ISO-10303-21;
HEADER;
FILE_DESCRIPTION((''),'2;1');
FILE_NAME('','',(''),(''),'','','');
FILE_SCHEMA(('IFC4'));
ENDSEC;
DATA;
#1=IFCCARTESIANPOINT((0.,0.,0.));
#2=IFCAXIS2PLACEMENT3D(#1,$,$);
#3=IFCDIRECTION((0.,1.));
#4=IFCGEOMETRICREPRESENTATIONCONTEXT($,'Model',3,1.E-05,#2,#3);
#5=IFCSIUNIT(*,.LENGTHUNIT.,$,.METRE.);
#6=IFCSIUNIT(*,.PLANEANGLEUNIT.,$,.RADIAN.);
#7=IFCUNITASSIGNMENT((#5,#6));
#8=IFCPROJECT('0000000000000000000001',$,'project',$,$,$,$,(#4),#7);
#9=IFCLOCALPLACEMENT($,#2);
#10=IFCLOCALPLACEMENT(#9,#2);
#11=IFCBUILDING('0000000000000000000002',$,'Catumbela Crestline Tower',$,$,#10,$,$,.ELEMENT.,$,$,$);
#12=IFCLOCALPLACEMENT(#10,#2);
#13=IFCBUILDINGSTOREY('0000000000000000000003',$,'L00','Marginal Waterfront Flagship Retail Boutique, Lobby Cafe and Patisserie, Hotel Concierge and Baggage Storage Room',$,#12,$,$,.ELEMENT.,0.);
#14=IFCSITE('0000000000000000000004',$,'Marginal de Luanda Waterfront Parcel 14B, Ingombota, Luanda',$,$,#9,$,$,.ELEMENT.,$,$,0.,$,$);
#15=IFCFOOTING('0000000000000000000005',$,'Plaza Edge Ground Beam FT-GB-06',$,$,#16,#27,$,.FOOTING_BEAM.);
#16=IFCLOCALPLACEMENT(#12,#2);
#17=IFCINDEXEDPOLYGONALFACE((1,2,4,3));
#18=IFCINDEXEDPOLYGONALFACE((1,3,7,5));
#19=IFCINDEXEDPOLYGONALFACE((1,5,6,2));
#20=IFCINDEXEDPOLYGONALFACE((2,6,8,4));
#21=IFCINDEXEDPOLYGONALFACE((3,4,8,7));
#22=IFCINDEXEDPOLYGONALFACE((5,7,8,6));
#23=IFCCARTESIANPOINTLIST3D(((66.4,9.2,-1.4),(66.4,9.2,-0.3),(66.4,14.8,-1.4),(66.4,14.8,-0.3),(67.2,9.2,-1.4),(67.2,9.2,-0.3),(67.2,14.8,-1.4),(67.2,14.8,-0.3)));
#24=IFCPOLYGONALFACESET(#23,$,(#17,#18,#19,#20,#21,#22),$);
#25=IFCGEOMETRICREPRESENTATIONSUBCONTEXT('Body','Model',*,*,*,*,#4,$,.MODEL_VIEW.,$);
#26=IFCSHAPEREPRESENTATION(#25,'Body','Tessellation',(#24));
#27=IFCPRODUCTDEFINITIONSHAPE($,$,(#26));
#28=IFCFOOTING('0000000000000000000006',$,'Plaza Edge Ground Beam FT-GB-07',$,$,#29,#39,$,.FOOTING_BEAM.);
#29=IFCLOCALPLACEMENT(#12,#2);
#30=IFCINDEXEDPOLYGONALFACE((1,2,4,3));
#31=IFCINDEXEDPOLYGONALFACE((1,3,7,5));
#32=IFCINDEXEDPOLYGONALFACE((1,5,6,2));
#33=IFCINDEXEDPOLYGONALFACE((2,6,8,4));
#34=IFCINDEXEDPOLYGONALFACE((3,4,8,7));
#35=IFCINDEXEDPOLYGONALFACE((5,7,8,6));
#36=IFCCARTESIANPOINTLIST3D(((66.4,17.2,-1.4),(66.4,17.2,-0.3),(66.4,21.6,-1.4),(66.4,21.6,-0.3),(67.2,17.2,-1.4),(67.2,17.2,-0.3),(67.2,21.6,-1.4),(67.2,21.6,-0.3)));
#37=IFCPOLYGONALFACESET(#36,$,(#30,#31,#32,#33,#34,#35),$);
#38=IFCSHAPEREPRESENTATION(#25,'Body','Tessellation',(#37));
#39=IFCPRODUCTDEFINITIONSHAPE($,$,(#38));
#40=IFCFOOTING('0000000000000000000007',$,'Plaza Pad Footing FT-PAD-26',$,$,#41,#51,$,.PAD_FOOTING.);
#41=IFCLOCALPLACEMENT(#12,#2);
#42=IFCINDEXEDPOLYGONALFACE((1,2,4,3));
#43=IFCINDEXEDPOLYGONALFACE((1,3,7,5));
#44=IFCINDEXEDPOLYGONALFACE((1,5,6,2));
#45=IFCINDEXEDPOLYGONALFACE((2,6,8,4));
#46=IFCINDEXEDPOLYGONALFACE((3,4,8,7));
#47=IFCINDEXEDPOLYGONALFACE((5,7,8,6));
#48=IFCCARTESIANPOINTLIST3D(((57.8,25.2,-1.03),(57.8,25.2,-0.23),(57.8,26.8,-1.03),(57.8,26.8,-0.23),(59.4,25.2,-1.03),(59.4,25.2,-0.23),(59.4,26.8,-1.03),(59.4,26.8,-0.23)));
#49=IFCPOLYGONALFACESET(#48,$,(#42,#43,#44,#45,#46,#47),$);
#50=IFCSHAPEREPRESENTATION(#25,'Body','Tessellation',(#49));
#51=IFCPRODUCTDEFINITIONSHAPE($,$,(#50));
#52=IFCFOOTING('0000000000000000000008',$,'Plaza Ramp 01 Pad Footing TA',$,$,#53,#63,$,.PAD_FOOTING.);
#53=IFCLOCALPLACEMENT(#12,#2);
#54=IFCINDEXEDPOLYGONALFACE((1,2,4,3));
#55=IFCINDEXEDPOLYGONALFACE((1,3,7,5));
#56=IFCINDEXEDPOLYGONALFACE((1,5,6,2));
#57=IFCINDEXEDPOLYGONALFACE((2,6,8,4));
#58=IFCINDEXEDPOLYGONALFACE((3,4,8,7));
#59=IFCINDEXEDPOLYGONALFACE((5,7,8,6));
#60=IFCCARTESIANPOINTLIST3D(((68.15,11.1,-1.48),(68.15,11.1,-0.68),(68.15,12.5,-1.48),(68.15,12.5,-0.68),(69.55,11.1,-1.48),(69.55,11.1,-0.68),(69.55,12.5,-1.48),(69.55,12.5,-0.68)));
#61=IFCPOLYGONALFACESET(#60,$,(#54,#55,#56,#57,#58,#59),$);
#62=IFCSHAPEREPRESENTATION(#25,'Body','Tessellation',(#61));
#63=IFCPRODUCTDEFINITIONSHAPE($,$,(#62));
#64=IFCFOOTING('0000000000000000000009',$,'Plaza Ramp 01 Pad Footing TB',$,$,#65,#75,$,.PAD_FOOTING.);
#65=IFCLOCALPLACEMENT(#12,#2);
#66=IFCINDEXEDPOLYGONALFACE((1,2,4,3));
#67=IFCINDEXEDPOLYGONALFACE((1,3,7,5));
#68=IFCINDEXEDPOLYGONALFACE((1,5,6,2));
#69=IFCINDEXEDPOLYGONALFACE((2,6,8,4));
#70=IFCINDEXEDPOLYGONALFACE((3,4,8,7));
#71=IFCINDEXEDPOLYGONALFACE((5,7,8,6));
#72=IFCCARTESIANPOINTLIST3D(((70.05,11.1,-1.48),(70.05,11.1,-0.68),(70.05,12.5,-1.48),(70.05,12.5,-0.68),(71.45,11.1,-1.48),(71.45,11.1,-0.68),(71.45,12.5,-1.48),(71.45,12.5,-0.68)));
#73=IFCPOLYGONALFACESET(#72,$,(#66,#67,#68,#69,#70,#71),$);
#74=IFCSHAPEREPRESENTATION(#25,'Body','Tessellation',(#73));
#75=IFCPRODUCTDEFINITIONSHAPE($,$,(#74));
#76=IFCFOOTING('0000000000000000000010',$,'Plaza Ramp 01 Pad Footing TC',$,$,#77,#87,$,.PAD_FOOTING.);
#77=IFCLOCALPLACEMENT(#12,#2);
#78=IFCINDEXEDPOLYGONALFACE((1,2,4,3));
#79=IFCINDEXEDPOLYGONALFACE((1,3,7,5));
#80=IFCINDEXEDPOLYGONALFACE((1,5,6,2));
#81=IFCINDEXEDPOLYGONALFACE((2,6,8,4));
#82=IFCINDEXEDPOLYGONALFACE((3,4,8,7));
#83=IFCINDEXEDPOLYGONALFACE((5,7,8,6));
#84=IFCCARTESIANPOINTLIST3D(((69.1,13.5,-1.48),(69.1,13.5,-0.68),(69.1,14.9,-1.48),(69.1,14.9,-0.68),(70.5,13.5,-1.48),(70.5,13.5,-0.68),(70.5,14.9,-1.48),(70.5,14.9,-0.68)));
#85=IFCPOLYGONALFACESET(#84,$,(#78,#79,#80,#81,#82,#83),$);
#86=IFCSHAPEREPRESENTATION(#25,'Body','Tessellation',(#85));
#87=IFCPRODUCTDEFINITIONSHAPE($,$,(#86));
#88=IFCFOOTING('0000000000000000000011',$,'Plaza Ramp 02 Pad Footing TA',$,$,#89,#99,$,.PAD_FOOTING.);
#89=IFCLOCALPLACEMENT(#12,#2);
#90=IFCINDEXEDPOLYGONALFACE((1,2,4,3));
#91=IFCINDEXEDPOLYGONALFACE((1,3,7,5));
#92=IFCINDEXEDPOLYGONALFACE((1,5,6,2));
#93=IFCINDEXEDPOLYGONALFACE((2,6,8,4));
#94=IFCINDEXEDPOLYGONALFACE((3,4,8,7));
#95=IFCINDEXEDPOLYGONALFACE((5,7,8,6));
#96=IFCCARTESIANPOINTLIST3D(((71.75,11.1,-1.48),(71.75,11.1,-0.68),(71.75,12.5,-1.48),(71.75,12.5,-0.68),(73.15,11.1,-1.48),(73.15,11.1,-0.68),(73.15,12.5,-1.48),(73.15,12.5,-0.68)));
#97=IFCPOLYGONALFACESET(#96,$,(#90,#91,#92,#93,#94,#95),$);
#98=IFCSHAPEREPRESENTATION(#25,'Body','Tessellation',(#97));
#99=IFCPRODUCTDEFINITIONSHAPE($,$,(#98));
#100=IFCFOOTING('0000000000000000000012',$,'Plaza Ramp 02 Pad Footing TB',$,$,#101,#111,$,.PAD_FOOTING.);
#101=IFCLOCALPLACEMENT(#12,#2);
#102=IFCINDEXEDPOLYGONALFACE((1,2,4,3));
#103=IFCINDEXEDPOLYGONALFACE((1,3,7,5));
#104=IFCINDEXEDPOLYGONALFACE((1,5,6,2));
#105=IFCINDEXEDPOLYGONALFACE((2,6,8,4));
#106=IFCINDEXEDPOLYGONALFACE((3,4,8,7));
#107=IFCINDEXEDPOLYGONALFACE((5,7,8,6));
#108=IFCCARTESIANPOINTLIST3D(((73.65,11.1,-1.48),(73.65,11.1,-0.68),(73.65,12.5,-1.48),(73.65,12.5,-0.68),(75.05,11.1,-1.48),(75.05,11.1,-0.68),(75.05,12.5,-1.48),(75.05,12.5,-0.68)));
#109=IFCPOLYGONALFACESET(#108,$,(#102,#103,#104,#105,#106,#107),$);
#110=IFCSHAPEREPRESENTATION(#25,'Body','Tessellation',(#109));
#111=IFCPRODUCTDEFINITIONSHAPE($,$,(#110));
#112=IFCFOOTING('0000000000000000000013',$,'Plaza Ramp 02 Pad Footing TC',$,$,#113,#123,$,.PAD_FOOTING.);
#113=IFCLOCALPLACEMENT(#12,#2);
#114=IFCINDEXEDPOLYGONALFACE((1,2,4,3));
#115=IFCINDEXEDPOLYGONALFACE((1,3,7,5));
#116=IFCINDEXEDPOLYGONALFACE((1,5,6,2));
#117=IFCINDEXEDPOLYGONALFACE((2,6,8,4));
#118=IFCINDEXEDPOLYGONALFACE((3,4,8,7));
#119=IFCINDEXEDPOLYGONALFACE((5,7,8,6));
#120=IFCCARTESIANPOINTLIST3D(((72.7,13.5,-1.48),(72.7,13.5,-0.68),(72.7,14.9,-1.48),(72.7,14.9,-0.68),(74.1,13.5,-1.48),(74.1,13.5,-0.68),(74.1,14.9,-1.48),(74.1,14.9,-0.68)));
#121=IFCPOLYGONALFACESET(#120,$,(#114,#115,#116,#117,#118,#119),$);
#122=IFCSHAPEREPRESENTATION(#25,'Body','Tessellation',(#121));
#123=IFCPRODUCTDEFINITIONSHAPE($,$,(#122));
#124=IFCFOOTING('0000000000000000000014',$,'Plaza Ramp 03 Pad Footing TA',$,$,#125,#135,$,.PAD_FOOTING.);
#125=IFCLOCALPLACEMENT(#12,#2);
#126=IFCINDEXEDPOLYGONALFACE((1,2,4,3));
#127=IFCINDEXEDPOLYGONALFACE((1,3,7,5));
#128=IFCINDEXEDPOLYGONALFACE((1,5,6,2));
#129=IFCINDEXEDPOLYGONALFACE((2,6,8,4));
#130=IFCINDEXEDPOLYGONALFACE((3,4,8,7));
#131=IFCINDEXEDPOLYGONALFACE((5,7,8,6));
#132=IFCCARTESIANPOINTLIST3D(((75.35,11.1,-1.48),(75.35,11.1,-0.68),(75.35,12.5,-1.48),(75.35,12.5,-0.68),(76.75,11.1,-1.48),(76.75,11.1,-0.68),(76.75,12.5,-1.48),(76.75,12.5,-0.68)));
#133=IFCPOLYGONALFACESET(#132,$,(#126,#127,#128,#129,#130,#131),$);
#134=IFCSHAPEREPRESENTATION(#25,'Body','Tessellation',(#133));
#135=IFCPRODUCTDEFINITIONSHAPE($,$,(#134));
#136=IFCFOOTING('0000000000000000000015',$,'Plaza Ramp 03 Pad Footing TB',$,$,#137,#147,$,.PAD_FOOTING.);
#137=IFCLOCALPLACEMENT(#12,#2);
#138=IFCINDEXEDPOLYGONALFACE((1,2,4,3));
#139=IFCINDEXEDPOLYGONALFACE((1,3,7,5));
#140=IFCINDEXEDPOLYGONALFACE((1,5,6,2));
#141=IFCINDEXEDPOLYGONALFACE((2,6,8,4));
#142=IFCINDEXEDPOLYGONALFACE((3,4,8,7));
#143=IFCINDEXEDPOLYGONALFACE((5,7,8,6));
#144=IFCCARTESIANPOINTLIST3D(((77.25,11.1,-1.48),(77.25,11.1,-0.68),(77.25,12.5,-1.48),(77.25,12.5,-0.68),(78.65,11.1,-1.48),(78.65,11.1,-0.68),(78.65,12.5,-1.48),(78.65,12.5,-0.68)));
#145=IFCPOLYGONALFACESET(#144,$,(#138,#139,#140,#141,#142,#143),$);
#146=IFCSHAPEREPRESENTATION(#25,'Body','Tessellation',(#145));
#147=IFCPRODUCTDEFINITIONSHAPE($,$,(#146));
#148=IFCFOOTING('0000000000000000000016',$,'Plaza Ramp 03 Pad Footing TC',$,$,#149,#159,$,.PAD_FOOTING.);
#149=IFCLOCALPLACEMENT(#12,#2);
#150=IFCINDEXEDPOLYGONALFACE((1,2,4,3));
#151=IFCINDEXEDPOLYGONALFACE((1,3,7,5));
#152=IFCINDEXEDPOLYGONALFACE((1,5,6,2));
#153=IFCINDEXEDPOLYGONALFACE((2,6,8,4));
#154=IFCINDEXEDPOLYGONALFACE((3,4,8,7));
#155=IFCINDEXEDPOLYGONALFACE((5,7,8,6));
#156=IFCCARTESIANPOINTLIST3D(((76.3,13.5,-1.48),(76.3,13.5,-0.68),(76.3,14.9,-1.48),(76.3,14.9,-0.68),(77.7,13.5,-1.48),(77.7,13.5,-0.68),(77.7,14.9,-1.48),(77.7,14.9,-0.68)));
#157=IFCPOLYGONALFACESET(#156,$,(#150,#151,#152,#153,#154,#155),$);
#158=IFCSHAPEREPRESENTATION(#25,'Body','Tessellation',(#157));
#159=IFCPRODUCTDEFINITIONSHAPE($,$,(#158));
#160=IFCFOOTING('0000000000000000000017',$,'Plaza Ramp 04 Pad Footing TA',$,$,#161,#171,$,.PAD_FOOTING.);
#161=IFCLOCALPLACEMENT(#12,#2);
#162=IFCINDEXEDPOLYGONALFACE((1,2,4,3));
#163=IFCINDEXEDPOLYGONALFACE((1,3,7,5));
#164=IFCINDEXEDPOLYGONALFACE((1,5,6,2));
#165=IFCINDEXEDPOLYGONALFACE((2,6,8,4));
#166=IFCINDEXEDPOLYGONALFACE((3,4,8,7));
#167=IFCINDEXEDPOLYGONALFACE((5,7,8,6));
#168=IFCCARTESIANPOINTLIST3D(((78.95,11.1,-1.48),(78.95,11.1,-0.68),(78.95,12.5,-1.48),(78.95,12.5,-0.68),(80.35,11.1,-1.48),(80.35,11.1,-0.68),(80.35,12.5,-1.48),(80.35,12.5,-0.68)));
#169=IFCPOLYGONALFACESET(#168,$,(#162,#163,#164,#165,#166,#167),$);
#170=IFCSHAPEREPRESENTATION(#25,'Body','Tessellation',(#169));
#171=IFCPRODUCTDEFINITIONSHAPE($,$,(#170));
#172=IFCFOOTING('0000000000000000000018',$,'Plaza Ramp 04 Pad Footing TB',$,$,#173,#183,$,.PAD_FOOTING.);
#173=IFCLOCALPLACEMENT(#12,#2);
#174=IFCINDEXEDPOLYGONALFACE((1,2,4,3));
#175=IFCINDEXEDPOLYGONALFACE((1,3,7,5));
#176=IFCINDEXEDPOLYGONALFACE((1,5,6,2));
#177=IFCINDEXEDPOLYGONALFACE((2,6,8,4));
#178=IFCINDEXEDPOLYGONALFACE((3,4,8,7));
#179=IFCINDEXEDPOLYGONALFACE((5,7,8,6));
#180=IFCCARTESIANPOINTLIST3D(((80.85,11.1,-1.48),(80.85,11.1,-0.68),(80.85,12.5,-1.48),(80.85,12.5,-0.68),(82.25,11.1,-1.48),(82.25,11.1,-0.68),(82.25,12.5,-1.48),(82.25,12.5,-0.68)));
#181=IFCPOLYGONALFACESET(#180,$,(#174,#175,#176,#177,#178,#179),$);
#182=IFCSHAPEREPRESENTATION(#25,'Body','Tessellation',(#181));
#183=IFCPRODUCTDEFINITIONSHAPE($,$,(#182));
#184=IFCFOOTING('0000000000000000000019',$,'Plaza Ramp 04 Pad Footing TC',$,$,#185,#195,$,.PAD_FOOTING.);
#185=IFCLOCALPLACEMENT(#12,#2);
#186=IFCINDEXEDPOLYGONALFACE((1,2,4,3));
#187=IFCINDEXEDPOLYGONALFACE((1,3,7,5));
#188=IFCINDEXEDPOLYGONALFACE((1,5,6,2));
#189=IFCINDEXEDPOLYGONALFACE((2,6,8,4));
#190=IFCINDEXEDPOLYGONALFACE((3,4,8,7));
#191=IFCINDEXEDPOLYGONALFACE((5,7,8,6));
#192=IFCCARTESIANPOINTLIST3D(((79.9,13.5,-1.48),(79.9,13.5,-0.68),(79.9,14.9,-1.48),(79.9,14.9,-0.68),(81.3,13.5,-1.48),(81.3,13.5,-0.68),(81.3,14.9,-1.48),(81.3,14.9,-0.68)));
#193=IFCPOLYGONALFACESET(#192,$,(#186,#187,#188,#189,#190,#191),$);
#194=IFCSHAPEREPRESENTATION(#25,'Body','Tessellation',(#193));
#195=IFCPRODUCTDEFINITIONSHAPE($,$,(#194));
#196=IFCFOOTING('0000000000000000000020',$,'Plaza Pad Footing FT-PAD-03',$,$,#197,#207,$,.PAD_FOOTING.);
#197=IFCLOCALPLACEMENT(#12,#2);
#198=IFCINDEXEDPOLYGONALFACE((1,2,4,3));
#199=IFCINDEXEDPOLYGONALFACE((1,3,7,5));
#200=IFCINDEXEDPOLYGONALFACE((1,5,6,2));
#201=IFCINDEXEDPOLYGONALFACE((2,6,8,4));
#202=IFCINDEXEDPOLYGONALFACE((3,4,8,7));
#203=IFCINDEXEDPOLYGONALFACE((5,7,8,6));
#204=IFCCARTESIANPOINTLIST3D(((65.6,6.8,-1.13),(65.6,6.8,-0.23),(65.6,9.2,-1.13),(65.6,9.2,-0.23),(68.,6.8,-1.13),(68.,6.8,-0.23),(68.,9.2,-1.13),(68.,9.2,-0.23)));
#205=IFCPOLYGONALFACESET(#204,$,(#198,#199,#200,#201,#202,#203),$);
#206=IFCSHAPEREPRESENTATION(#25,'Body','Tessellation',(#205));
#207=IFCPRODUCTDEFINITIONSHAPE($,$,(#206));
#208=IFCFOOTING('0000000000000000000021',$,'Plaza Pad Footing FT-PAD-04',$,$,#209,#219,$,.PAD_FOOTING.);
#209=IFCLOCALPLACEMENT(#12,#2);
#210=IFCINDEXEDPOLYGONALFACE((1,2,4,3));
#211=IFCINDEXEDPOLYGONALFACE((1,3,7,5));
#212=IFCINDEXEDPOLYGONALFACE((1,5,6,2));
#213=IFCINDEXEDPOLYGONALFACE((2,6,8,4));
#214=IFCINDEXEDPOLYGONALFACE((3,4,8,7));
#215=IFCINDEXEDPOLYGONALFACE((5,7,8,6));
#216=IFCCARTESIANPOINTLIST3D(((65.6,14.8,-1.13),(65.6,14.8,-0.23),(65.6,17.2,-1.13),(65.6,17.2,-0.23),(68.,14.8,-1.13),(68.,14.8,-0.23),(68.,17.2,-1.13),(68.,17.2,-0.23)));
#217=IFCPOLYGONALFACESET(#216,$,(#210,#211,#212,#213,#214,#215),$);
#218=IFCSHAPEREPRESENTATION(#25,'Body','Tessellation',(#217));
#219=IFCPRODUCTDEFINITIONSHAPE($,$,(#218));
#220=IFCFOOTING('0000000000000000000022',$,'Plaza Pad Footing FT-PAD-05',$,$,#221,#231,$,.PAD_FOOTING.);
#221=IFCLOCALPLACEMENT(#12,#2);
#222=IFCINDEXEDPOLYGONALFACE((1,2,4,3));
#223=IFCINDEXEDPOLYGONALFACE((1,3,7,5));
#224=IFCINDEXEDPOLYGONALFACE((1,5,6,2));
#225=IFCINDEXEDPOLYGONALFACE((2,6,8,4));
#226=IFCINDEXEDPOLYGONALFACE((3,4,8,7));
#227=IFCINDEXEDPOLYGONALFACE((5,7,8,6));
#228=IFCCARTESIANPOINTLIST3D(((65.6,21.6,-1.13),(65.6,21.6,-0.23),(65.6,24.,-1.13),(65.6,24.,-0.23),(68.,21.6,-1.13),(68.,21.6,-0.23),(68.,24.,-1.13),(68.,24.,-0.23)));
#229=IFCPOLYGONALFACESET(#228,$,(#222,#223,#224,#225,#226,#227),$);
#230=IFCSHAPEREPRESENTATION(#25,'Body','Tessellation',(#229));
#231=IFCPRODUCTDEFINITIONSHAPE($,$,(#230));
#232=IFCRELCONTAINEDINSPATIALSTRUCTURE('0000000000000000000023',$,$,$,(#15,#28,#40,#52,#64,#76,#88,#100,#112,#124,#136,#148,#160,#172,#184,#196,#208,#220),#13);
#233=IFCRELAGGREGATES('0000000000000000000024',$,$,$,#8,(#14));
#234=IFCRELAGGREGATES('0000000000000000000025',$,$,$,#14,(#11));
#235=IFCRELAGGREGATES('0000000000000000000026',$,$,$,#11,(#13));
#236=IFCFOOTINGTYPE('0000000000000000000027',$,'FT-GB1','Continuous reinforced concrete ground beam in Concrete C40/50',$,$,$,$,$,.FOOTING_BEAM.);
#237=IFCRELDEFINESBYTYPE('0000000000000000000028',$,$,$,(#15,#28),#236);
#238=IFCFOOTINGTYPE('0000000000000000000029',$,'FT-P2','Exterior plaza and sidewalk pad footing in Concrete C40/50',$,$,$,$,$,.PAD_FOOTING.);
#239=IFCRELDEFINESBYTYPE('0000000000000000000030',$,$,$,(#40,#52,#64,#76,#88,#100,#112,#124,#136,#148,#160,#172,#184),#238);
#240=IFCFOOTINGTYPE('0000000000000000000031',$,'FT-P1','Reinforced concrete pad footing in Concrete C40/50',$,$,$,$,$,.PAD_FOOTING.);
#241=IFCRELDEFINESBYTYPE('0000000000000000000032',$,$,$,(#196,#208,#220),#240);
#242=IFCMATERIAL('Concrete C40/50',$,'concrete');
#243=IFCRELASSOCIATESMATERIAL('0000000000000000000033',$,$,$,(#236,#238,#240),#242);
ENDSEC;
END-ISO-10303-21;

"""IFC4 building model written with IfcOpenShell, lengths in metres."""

from ifc_helpers import new_model, si_unit, direction, frame, origin, origin_2d, place, context, subcontext, project, spatial, rectangle, extrude, material, material_profile, profile_set, type_object, element, save


model = new_model("IFC4")

# Units and contexts
model_context = context("Model", 3, precision=1e-05, world=origin(), true_north=direction((0.0, 1.0)))
body_context = subcontext(model_context, "Body", "Model", "MODEL_VIEW")
ifc_project = project(units=[si_unit("LENGTHUNIT", "METRE"), si_unit("PLANEANGLEUNIT", "RADIAN")], contexts=[model_context])

# Site, building, storey
site_placement = place(None, origin())
site = spatial("IfcSite", under=ifc_project, at=site_placement, Name="Marginal de Luanda Waterfront Parcel 14B, Ingombota, Luanda", CompositionType="ELEMENT", RefElevation=0.0)
building_placement = place(site_placement, origin())
building = spatial("IfcBuilding", under=site, at=building_placement, Name="Catumbela Crestline Tower", CompositionType="ELEMENT")
storey_placement = place(building_placement, origin())
storey = spatial("IfcBuildingStorey", under=building, at=storey_placement, Name="L00", Description="Marginal Waterfront Flagship Retail Boutique, Lobby Cafe and Patisserie, Hotel Concierge and Baggage Storage Room", CompositionType="ELEMENT", Elevation=0.0)

# Footings
ifc_material_1 = material(Name="Concrete C40/50", Category="concrete")
ifc_material_profile_1 = material_profile(ifc_material_1, rectangle(XDim=0.8, YDim=1.1, at=origin_2d()), Name="RC 800x1100")
ifc_profile_set_1 = profile_set([ifc_material_profile_1], Name="Concrete C40/50")
footing_type_1 = type_object("IfcFootingType", Name="FT-GB1", Description="Continuous reinforced concrete ground beam in Concrete C40/50", PredefinedType="FOOTING_BEAM", material=ifc_profile_set_1)
footing_1_placement = place(storey_placement, frame((66.8, 9.2, -0.85), z_axis=(0.0, 1.0, 0.0), x_axis=(-1.0, 0.0, 0.0)))
element("IfcFooting", 1, at=footing_1_placement, inside=storey, type_object=footing_type_1, Name="Plaza Edge Ground Beam FT-GB-06", PredefinedType="FOOTING_BEAM", context=body_context, shape_type="SweptSolid", body=[
    extrude(rectangle(XDim=0.8, YDim=1.1, at=origin_2d()), origin(), (0.0, 0.0, 1.0), 5.6),
])
footing_2_placement = place(storey_placement, frame((66.8, 17.2, -0.85), z_axis=(0.0, 1.0, 0.0), x_axis=(-1.0, 0.0, 0.0)))
element("IfcFooting", 2, at=footing_2_placement, inside=storey, type_object=footing_type_1, Name="Plaza Edge Ground Beam FT-GB-07", PredefinedType="FOOTING_BEAM", context=body_context, shape_type="SweptSolid", body=[
    extrude(rectangle(XDim=0.8, YDim=1.1, at=origin_2d()), origin(), (0.0, 0.0, 1.0), 4.4),
])
footing_type_2 = type_object("IfcFootingType", Name="FT-P2", Description="Exterior plaza and sidewalk pad footing in Concrete C40/50", PredefinedType="PAD_FOOTING", material=ifc_material_1)
footing_3_placement = place(storey_placement, frame((58.6, 26.0, -1.03), z_axis=(0.0, 0.0, 1.0), x_axis=(1.0, 0.0, 0.0)))
element("IfcFooting", 3, at=footing_3_placement, inside=storey, type_object=footing_type_2, Name="Plaza Pad Footing FT-PAD-26", PredefinedType="PAD_FOOTING", context=body_context, shape_type="SweptSolid", body=[
    extrude(rectangle(XDim=1.6, YDim=1.6, at=origin_2d()), origin(), (0.0, 0.0, 1.0), 0.8),
])
for number, where, z_axis, x_axis, name in (
    (4, (68.85, 11.8, -1.48), (0.0, 0.0, 1.0), (1.0, 0.0, 0.0), "Plaza Ramp 01 Pad Footing TA"),
    (5, (70.75, 11.8, -1.48), (0.0, 0.0, 1.0), (1.0, 0.0, 0.0), "Plaza Ramp 01 Pad Footing TB"),
    (6, (69.8, 14.2, -1.48), (0.0, 0.0, 1.0), (1.0, 0.0, 0.0), "Plaza Ramp 01 Pad Footing TC"),
    (7, (72.45, 11.8, -1.48), (0.0, 0.0, 1.0), (1.0, 0.0, 0.0), "Plaza Ramp 02 Pad Footing TA"),
    (8, (74.35, 11.8, -1.48), (0.0, 0.0, 1.0), (1.0, 0.0, 0.0), "Plaza Ramp 02 Pad Footing TB"),
    (9, (73.4, 14.2, -1.48), (0.0, 0.0, 1.0), (1.0, 0.0, 0.0), "Plaza Ramp 02 Pad Footing TC"),
    (10, (76.05, 11.8, -1.48), (0.0, 0.0, 1.0), (1.0, 0.0, 0.0), "Plaza Ramp 03 Pad Footing TA"),
    (11, (77.95, 11.8, -1.48), (0.0, 0.0, 1.0), (1.0, 0.0, 0.0), "Plaza Ramp 03 Pad Footing TB"),
    (12, (77.0, 14.2, -1.48), (0.0, 0.0, 1.0), (1.0, 0.0, 0.0), "Plaza Ramp 03 Pad Footing TC"),
    (13, (79.65, 11.8, -1.48), (0.0, 0.0, 1.0), (1.0, 0.0, 0.0), "Plaza Ramp 04 Pad Footing TA"),
    (14, (81.55, 11.8, -1.48), (0.0, 0.0, 1.0), (1.0, 0.0, 0.0), "Plaza Ramp 04 Pad Footing TB"),
    (15, (80.6, 14.2, -1.48), (0.0, 0.0, 1.0), (1.0, 0.0, 0.0), "Plaza Ramp 04 Pad Footing TC"),
):
    element("IfcFooting", number, at=place(storey_placement, frame(where, z_axis=z_axis, x_axis=x_axis)), inside=storey, type_object=footing_type_2, Name=name, PredefinedType="PAD_FOOTING", context=body_context, shape_type="SweptSolid", body=[
        extrude(rectangle(XDim=1.4, YDim=1.4, at=origin_2d()), origin(), (0.0, 0.0, 1.0), 0.8),
    ])
footing_type_3 = type_object("IfcFootingType", Name="FT-P1", Description="Reinforced concrete pad footing in Concrete C40/50", PredefinedType="PAD_FOOTING", material=ifc_material_1)
for number, where, z_axis, x_axis, name in (
    (16, (66.8, 8.0, -1.13), (0.0, 0.0, 1.0), (1.0, 0.0, 0.0), "Plaza Pad Footing FT-PAD-03"),
    (17, (66.8, 16.0, -1.13), (0.0, 0.0, 1.0), (1.0, 0.0, 0.0), "Plaza Pad Footing FT-PAD-04"),
    (18, (66.8, 22.8, -1.13), (0.0, 0.0, 1.0), (1.0, 0.0, 0.0), "Plaza Pad Footing FT-PAD-05"),
):
    element("IfcFooting", number, at=place(storey_placement, frame(where, z_axis=z_axis, x_axis=x_axis)), inside=storey, type_object=footing_type_3, Name=name, PredefinedType="PAD_FOOTING", context=body_context, shape_type="SweptSolid", body=[
        extrude(rectangle(XDim=2.4, YDim=2.4, at=origin_2d()), origin(), (0.0, 0.0, 1.0), 0.9),
    ])

save(model, "model.ifc")
